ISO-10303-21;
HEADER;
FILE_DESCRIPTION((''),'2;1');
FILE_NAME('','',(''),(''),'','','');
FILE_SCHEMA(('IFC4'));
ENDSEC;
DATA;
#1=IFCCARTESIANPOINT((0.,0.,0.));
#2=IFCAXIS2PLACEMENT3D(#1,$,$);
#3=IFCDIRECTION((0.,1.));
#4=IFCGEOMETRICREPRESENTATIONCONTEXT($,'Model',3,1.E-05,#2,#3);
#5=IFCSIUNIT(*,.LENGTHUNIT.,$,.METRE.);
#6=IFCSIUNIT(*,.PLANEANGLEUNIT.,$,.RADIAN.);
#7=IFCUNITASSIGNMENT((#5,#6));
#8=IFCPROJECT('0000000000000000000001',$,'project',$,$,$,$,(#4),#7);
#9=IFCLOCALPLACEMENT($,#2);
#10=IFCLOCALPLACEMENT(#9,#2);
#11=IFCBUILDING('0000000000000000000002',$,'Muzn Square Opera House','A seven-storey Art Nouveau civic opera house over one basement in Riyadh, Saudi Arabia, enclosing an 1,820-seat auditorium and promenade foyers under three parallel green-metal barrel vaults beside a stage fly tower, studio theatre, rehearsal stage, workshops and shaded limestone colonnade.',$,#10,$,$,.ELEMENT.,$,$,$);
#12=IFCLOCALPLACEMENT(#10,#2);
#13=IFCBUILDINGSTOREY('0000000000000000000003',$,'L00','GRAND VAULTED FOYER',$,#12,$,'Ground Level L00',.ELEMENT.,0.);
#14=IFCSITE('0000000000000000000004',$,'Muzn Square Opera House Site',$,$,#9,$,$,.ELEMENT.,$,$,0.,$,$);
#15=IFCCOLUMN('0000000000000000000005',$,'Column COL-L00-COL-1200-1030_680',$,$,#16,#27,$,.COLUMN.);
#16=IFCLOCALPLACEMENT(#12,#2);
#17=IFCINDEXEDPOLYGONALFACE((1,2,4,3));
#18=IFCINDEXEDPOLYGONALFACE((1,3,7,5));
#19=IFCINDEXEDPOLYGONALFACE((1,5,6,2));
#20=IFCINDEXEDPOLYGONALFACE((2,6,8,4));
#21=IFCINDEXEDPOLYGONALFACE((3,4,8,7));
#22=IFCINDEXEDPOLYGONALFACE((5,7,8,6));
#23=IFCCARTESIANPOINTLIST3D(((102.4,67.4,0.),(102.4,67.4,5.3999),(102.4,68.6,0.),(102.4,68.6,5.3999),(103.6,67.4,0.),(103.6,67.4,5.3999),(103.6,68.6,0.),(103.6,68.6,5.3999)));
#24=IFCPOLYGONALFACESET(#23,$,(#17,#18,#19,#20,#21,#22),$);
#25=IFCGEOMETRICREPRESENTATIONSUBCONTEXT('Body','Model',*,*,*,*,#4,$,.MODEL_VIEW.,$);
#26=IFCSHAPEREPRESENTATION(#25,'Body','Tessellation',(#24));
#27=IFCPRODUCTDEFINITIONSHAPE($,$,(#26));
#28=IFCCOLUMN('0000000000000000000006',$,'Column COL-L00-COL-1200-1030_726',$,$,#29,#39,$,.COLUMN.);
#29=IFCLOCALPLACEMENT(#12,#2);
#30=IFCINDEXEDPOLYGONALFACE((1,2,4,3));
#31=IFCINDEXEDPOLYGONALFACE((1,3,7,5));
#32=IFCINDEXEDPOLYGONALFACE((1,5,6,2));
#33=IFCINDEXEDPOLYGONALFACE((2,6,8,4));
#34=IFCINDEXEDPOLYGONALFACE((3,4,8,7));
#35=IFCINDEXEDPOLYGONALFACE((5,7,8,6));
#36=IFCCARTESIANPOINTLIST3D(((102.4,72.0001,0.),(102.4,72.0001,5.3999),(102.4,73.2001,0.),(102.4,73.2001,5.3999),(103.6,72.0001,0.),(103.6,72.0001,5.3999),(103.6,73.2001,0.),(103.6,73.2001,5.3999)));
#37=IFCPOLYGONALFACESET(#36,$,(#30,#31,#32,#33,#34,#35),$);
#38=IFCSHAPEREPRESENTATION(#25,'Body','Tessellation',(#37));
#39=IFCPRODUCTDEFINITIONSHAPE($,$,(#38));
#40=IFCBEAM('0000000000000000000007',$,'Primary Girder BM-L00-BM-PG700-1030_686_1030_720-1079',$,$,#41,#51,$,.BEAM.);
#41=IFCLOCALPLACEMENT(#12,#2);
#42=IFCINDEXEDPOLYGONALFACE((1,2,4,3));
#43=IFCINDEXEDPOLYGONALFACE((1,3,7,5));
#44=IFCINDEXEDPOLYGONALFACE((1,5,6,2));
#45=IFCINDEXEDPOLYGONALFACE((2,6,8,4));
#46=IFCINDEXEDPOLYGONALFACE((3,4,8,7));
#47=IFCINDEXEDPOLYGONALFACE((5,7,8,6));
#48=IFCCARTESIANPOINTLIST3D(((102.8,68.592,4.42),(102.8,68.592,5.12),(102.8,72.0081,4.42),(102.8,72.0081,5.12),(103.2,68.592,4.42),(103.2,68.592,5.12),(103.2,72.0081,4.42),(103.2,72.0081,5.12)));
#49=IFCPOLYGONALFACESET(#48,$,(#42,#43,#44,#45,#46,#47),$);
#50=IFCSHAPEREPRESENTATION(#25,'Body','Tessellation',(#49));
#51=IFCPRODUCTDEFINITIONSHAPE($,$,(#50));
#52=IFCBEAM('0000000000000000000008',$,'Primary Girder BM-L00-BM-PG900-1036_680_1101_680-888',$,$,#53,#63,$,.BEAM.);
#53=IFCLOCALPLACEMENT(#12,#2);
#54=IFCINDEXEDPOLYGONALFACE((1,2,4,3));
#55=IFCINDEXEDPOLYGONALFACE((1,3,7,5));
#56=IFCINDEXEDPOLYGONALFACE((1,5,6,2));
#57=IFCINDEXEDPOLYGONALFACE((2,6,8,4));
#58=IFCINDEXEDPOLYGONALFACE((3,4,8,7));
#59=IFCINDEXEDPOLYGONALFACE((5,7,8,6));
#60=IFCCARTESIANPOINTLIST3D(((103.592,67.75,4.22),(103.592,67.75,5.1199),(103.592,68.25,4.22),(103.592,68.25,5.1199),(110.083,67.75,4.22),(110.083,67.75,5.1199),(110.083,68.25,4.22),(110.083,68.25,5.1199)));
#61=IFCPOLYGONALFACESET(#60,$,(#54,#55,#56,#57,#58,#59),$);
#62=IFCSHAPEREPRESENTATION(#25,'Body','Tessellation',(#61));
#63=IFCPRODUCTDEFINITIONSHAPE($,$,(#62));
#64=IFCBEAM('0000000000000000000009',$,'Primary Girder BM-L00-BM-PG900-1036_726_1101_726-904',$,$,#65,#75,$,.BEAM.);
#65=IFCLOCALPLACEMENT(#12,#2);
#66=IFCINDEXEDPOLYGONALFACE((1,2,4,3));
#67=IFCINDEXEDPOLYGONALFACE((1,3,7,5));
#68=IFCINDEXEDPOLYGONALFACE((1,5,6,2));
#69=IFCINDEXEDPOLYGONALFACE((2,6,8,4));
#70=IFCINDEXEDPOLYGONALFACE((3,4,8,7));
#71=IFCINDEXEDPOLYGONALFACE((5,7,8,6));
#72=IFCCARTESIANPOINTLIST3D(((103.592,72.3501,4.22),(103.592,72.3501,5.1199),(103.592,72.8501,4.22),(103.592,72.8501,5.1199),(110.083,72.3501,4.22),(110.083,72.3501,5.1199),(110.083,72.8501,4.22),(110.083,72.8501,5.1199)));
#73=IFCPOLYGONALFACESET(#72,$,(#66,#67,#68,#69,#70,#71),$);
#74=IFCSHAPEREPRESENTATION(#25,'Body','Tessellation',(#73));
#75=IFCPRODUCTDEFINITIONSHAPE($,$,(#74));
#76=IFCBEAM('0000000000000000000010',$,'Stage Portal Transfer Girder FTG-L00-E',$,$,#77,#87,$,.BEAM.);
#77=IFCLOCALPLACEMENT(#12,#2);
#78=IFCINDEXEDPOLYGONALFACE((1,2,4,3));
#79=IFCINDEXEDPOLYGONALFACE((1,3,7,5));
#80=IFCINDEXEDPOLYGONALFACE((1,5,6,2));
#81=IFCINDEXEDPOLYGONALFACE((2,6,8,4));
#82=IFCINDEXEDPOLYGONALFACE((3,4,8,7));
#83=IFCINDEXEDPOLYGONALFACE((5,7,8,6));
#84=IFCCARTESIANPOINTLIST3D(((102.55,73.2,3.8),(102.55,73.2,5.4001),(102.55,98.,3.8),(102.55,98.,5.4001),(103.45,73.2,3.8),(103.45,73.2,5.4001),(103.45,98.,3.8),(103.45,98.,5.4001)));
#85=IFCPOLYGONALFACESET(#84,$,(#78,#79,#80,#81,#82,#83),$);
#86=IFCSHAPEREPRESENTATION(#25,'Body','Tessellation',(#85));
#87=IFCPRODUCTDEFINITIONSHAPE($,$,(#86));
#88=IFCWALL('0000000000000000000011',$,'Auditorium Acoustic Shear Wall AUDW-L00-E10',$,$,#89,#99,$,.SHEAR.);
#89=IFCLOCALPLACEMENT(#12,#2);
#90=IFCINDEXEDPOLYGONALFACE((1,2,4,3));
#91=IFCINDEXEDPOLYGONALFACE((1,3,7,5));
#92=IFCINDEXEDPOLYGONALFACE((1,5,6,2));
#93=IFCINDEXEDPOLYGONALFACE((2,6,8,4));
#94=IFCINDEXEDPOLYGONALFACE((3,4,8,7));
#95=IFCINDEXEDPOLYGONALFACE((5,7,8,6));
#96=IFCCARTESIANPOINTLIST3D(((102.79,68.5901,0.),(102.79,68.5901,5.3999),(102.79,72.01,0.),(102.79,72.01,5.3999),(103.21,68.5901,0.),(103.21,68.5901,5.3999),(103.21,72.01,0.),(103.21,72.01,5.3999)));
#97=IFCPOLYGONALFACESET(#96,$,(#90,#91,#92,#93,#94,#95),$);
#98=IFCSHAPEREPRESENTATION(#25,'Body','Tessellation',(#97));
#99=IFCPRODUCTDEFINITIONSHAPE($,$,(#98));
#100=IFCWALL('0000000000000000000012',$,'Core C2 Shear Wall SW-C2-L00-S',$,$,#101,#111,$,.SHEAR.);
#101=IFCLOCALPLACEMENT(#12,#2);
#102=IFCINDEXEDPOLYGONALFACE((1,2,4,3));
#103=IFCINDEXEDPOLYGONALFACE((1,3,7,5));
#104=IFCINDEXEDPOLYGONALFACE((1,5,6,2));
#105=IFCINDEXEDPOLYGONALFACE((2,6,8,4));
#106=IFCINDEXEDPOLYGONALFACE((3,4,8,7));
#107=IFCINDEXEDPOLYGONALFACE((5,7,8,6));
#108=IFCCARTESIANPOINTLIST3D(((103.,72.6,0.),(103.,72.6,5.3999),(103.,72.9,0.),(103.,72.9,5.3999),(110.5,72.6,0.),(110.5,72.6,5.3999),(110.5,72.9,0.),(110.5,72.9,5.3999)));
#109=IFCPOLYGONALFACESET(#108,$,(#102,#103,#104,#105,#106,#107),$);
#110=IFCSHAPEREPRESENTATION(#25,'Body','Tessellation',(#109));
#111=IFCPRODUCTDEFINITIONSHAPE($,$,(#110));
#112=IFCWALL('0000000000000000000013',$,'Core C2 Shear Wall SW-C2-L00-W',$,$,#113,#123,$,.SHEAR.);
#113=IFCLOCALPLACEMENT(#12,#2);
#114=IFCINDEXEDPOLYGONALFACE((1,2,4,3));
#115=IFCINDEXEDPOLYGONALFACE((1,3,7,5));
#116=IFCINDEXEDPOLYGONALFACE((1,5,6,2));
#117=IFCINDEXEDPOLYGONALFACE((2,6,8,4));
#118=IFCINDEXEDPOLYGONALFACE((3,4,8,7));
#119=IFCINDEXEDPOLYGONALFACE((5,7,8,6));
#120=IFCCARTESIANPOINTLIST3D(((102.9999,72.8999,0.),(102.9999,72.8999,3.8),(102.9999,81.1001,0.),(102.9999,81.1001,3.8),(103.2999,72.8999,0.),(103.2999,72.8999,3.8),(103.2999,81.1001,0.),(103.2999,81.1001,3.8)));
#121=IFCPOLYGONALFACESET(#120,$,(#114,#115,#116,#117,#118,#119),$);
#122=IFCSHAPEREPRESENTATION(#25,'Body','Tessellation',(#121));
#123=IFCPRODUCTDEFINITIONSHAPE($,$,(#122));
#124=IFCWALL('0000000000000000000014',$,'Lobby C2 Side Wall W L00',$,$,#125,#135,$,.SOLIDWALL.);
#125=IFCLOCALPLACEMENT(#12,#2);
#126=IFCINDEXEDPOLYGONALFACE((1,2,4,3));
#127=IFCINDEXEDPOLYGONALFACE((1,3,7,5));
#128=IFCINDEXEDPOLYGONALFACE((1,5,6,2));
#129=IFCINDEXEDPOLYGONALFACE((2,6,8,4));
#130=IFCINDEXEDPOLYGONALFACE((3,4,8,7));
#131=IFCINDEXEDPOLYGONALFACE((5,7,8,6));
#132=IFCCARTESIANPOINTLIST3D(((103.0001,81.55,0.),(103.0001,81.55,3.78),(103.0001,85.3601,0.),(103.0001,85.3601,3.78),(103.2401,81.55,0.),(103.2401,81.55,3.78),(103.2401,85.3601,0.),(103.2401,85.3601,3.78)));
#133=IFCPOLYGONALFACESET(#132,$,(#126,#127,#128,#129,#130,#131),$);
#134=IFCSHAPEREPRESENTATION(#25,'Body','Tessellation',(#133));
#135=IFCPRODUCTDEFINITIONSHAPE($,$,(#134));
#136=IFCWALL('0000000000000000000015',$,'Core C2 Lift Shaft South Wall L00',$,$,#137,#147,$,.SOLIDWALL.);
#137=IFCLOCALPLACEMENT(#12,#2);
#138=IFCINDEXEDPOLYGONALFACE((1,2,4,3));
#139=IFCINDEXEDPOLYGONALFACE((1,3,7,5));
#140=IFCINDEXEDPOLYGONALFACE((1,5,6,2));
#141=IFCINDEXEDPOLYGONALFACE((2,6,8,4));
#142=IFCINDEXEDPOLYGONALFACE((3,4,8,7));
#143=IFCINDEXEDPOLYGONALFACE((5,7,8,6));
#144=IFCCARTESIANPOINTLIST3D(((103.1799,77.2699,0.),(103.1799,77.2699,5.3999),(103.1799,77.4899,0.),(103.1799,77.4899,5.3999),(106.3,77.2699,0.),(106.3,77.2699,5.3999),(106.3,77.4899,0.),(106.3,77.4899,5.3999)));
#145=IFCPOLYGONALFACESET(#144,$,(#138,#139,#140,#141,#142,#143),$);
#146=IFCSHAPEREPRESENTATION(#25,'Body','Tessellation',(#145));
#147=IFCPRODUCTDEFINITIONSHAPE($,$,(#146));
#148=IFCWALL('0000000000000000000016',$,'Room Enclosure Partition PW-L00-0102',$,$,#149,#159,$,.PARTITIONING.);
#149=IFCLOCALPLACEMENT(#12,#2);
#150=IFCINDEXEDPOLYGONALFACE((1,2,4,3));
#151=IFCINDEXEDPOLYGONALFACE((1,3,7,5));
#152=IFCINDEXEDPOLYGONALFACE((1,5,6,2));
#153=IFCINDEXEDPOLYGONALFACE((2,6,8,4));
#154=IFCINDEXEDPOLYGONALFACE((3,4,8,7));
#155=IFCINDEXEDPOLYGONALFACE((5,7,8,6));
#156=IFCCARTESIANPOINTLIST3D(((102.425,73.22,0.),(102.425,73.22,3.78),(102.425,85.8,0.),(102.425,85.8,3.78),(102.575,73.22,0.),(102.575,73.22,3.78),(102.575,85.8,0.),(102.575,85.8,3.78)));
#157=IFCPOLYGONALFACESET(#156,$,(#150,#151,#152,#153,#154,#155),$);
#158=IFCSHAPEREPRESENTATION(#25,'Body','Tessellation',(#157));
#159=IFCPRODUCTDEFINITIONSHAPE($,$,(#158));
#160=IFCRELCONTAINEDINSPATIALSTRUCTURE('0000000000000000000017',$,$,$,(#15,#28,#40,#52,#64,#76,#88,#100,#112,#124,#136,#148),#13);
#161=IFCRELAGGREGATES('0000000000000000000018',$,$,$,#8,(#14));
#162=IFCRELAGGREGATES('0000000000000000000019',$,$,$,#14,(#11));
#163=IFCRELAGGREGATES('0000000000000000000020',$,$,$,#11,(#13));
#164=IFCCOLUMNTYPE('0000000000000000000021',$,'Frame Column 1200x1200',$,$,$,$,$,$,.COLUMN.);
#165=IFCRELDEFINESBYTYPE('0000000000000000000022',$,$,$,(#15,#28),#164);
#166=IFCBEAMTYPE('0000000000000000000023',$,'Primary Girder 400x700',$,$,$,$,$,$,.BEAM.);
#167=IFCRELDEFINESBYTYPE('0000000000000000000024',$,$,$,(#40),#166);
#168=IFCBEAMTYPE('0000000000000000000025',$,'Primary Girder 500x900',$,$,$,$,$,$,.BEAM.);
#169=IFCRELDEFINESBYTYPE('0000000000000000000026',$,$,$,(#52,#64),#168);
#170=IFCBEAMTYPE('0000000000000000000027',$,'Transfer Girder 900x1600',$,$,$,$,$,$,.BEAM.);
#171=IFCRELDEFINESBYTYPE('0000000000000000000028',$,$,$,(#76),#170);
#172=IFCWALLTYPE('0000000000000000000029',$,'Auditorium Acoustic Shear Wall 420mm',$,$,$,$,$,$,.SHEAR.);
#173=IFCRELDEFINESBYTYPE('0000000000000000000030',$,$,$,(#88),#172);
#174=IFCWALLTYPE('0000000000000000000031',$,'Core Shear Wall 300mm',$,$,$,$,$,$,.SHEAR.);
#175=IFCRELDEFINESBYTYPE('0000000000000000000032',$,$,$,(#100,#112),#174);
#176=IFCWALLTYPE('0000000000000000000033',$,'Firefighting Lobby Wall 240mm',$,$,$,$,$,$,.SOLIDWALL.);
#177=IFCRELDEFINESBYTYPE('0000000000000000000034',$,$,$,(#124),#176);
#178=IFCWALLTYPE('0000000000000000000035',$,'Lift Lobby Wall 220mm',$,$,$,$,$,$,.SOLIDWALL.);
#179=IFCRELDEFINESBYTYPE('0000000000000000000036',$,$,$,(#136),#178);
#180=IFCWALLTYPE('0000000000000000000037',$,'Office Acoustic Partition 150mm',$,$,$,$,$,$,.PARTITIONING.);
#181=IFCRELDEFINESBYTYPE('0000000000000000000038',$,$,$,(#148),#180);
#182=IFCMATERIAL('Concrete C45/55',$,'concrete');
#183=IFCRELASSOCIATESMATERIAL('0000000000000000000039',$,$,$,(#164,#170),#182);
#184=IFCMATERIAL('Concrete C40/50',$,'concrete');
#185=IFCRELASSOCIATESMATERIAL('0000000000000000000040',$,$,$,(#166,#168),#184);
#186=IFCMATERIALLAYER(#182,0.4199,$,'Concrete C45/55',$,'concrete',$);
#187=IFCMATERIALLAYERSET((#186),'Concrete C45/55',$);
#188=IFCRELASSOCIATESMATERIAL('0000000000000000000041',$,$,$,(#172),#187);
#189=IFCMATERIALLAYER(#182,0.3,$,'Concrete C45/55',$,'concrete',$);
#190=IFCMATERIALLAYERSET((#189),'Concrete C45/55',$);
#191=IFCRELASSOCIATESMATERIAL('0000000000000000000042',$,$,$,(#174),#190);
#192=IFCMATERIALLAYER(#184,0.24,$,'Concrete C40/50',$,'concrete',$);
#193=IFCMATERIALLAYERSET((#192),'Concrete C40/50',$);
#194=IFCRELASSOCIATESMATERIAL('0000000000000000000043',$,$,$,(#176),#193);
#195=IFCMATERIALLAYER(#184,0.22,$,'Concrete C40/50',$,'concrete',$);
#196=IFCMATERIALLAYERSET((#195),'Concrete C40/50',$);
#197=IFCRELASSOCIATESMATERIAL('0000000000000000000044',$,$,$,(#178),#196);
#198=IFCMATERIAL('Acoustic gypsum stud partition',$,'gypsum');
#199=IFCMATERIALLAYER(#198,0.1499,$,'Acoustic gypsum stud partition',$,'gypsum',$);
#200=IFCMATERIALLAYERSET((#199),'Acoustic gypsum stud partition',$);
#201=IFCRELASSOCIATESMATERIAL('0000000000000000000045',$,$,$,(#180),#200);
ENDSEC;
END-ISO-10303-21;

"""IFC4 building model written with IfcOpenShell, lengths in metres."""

from ifc_helpers import new_model, si_unit, direction, frame, frame_2d, origin, origin_2d, place, context, subcontext, project, spatial, rectangle, extrude, material, layer, layer_set, material_profile, profile_set, type_object, element, save


model = new_model("IFC4")

# Units and contexts
model_context = context("Model", 3, precision=1e-05, world=origin(), true_north=direction((0.0, 1.0)))
body_context = subcontext(model_context, "Body", "Model", "MODEL_VIEW")
ifc_project = project(units=[si_unit("LENGTHUNIT", "METRE"), si_unit("PLANEANGLEUNIT", "RADIAN")], contexts=[model_context])

# Site, building, storey
site_placement = place(None, origin())
site = spatial("IfcSite", under=ifc_project, at=site_placement, Name="Muzn Square Opera House Site", CompositionType="ELEMENT", RefElevation=0.0)
building_placement = place(site_placement, origin())
building = spatial("IfcBuilding", under=site, at=building_placement, Name="Muzn Square Opera House", Description="A seven-storey Art Nouveau civic opera house over one basement in Riyadh, Saudi Arabia, enclosing an 1,820-seat auditorium and promenade foyers under three parallel green-metal barrel vaults beside a stage fly tower, studio theatre, rehearsal stage, workshops and shaded limestone colonnade.", CompositionType="ELEMENT")
storey_placement = place(building_placement, origin())
storey = spatial("IfcBuildingStorey", under=building, at=storey_placement, Name="L00", Description="GRAND VAULTED FOYER", LongName="Ground Level L00", CompositionType="ELEMENT", Elevation=0.0)

# Columns
ifc_material_1 = material(Name="Concrete C45/55", Category="concrete")
ifc_material_profile_1 = material_profile(ifc_material_1, rectangle(XDim=1.2, YDim=1.2, at=origin_2d()), Name="RC 1200x1200", Category="concrete")
ifc_profile_set_1 = profile_set([ifc_material_profile_1], Name="Concrete C45/55")
column_type = type_object("IfcColumnType", Name="Frame Column 1200x1200", PredefinedType="COLUMN", material=ifc_profile_set_1)
for number, where, z_axis, x_axis, name in (
    (1, (103.0, 68.0, 0.0), (0.0, 0.0, 1.0), (1.0, 0.0, 0.0), "Column COL-L00-COL-1200-1030_680"),
    (2, (103.0, 72.6001, 0.0), (0.0, 0.0, 1.0), (1.0, 0.0, 0.0), "Column COL-L00-COL-1200-1030_726"),
):
    element("IfcColumn", number, at=place(storey_placement, frame(where, z_axis=z_axis, x_axis=x_axis)), inside=storey, type_object=column_type, Name=name, PredefinedType="COLUMN", context=body_context, shape_type="SweptSolid", body=[
        extrude(rectangle(XDim=1.2, YDim=1.2, at=origin_2d()), origin(), (0.0, 0.0, 1.0), 5.3999),
    ])

# Beams
ifc_material_2 = material(Name="Concrete C40/50", Category="concrete")
ifc_material_profile_2 = material_profile(ifc_material_2, rectangle(XDim=0.3999, YDim=0.7, at=origin_2d()), Name="RCB 400x700", Category="concrete")
ifc_profile_set_2 = profile_set([ifc_material_profile_2], Name="Concrete C40/50")
beam_type_1 = type_object("IfcBeamType", Name="Primary Girder 400x700", PredefinedType="BEAM", material=ifc_profile_set_2)
beam_1_placement = place(storey_placement, frame((103.0, 68.592, 4.77), z_axis=(0.0, 1.0, 0.0), x_axis=(-1.0, 0.0, 0.0)))
element("IfcBeam", 3, at=beam_1_placement, inside=storey, type_object=beam_type_1, Name="Primary Girder BM-L00-BM-PG700-1030_686_1030_720-1079", PredefinedType="BEAM", context=body_context, shape_type="SweptSolid", body=[
    extrude(rectangle(XDim=0.3999, YDim=0.7, at=origin_2d()), origin(), (0.0, 0.0, 1.0), 3.416),
])
ifc_material_profile_3 = material_profile(ifc_material_2, rectangle(XDim=0.5, YDim=0.8999, at=origin_2d()), Name="RCB 500x900", Category="concrete")
ifc_profile_set_3 = profile_set([ifc_material_profile_3], Name="Concrete C40/50")
beam_type_2 = type_object("IfcBeamType", Name="Primary Girder 500x900", PredefinedType="BEAM", material=ifc_profile_set_3)
for number, where, z_axis, x_axis, name in (
    (4, (103.592, 68.0, 4.6699), (1.0, 0.0, 0.0), (0.0, 1.0, 0.0), "Primary Girder BM-L00-BM-PG900-1036_680_1101_680-888"),
    (5, (103.592, 72.6001, 4.6699), (1.0, 0.0, 0.0), (0.0, 1.0, 0.0), "Primary Girder BM-L00-BM-PG900-1036_726_1101_726-904"),
):
    element("IfcBeam", number, at=place(storey_placement, frame(where, z_axis=z_axis, x_axis=x_axis)), inside=storey, type_object=beam_type_2, Name=name, PredefinedType="BEAM", context=body_context, shape_type="SweptSolid", body=[
        extrude(rectangle(XDim=0.5, YDim=0.8999, at=origin_2d()), origin(), (0.0, 0.0, 1.0), 6.491),
    ])
ifc_material_profile_4 = material_profile(ifc_material_1, rectangle(XDim=0.8999, YDim=1.6001, at=origin_2d()), Name="RCB 900x1600", Category="concrete")
ifc_profile_set_4 = profile_set([ifc_material_profile_4], Name="Concrete C45/55")
beam_type_3 = type_object("IfcBeamType", Name="Transfer Girder 900x1600", PredefinedType="BEAM", material=ifc_profile_set_4)
beam_2_placement = place(storey_placement, frame((103.0, 73.2, 4.6001), z_axis=(0.0, 1.0, 0.0), x_axis=(-1.0, 0.0, 0.0)))
element("IfcBeam", 6, at=beam_2_placement, inside=storey, type_object=beam_type_3, Name="Stage Portal Transfer Girder FTG-L00-E", PredefinedType="BEAM", context=body_context, shape_type="SweptSolid", body=[
    extrude(rectangle(XDim=0.8999, YDim=1.6001, at=origin_2d()), origin(), (0.0, 0.0, 1.0), 24.8),
])

# Walls
ifc_layer_1 = layer(ifc_material_1, 0.4199, Name="Concrete C45/55", Category="concrete")
ifc_layer_set_1 = layer_set([ifc_layer_1], Name="Concrete C45/55")
wall_type_1 = type_object("IfcWallType", Name="Auditorium Acoustic Shear Wall 420mm", PredefinedType="SHEAR", material=ifc_layer_set_1)
wall_1_placement = place(storey_placement, frame((103.0, 68.5901, 0.0), z_axis=(0.0, 0.0, 1.0), x_axis=(0.0, 1.0, 0.0)))
element("IfcWall", 7, at=wall_1_placement, inside=storey, type_object=wall_type_1, Name="Auditorium Acoustic Shear Wall AUDW-L00-E10", PredefinedType="SHEAR", context=body_context, shape_type="SweptSolid", body=[
    extrude(rectangle(XDim=3.4199, YDim=0.4199, at=frame_2d((1.71, 0.0))), origin(), (0.0, 0.0, 1.0), 5.3999),
])
ifc_layer_2 = layer(ifc_material_1, 0.3, Name="Concrete C45/55", Category="concrete")
ifc_layer_set_2 = layer_set([ifc_layer_2], Name="Concrete C45/55")
wall_type_2 = type_object("IfcWallType", Name="Core Shear Wall 300mm", PredefinedType="SHEAR", material=ifc_layer_set_2)
wall_2_placement = place(storey_placement, frame((103.0, 72.75, 0.0), z_axis=(0.0, 0.0, 1.0), x_axis=(1.0, 0.0, 0.0)))
element("IfcWall", 8, at=wall_2_placement, inside=storey, type_object=wall_type_2, Name="Core C2 Shear Wall SW-C2-L00-S", PredefinedType="SHEAR", context=body_context, shape_type="SweptSolid", body=[
    extrude(rectangle(XDim=7.5, YDim=0.3, at=frame_2d((3.75, 0.0))), origin(), (0.0, 0.0, 1.0), 5.3999),
])
wall_3_placement = place(storey_placement, frame((103.1499, 72.8999, 0.0), z_axis=(0.0, 0.0, 1.0), x_axis=(0.0, 1.0, 0.0)))
element("IfcWall", 9, at=wall_3_placement, inside=storey, type_object=wall_type_2, Name="Core C2 Shear Wall SW-C2-L00-W", PredefinedType="SHEAR", context=body_context, shape_type="SweptSolid", body=[
    extrude(rectangle(XDim=8.2002, YDim=0.3, at=frame_2d((4.1001, 0.0))), origin(), (0.0, 0.0, 1.0), 3.8),
])

# Walls
ifc_layer_3 = layer(ifc_material_2, 0.24, Name="Concrete C40/50", Category="concrete")
ifc_layer_set_3 = layer_set([ifc_layer_3], Name="Concrete C40/50")
wall_type_3 = type_object("IfcWallType", Name="Firefighting Lobby Wall 240mm", PredefinedType="SOLIDWALL", material=ifc_layer_set_3)
wall_4_placement = place(storey_placement, frame((103.1201, 81.55, 0.0), z_axis=(0.0, 0.0, 1.0), x_axis=(0.0, 1.0, 0.0)))
element("IfcWall", 10, at=wall_4_placement, inside=storey, type_object=wall_type_3, Name="Lobby C2 Side Wall W L00", PredefinedType="SOLIDWALL", context=body_context, shape_type="SweptSolid", body=[
    extrude(rectangle(XDim=3.8101, YDim=0.24, at=frame_2d((1.905, 0.0))), origin(), (0.0, 0.0, 1.0), 3.78),
])
ifc_layer_4 = layer(ifc_material_2, 0.22, Name="Concrete C40/50", Category="concrete")
ifc_layer_set_4 = layer_set([ifc_layer_4], Name="Concrete C40/50")
wall_type_4 = type_object("IfcWallType", Name="Lift Lobby Wall 220mm", PredefinedType="SOLIDWALL", material=ifc_layer_set_4)
wall_5_placement = place(storey_placement, frame((103.1799, 77.3799, 0.0), z_axis=(0.0, 0.0, 1.0), x_axis=(1.0, 0.0, 0.0)))
element("IfcWall", 11, at=wall_5_placement, inside=storey, type_object=wall_type_4, Name="Core C2 Lift Shaft South Wall L00", PredefinedType="SOLIDWALL", context=body_context, shape_type="SweptSolid", body=[
    extrude(rectangle(XDim=3.1201, YDim=0.22, at=frame_2d((1.5601, 0.0))), origin(), (0.0, 0.0, 1.0), 5.3999),
])
ifc_material_3 = material(Name="Acoustic gypsum stud partition", Category="gypsum")
ifc_layer_5 = layer(ifc_material_3, 0.1499, Name="Acoustic gypsum stud partition", Category="gypsum")
ifc_layer_set_5 = layer_set([ifc_layer_5], Name="Acoustic gypsum stud partition")
wall_type_5 = type_object("IfcWallType", Name="Office Acoustic Partition 150mm", PredefinedType="PARTITIONING", material=ifc_layer_set_5)
wall_6_placement = place(storey_placement, frame((102.5, 73.22, 0.0), z_axis=(0.0, 0.0, 1.0), x_axis=(0.0, 1.0, 0.0)))
element("IfcWall", 12, at=wall_6_placement, inside=storey, type_object=wall_type_5, Name="Room Enclosure Partition PW-L00-0102", PredefinedType="PARTITIONING", context=body_context, shape_type="SweptSolid", body=[
    extrude(rectangle(XDim=12.5801, YDim=0.1499, at=frame_2d((6.29, 0.0))), origin(), (0.0, 0.0, 1.0), 3.78),
])

save(model, "model.ifc")
